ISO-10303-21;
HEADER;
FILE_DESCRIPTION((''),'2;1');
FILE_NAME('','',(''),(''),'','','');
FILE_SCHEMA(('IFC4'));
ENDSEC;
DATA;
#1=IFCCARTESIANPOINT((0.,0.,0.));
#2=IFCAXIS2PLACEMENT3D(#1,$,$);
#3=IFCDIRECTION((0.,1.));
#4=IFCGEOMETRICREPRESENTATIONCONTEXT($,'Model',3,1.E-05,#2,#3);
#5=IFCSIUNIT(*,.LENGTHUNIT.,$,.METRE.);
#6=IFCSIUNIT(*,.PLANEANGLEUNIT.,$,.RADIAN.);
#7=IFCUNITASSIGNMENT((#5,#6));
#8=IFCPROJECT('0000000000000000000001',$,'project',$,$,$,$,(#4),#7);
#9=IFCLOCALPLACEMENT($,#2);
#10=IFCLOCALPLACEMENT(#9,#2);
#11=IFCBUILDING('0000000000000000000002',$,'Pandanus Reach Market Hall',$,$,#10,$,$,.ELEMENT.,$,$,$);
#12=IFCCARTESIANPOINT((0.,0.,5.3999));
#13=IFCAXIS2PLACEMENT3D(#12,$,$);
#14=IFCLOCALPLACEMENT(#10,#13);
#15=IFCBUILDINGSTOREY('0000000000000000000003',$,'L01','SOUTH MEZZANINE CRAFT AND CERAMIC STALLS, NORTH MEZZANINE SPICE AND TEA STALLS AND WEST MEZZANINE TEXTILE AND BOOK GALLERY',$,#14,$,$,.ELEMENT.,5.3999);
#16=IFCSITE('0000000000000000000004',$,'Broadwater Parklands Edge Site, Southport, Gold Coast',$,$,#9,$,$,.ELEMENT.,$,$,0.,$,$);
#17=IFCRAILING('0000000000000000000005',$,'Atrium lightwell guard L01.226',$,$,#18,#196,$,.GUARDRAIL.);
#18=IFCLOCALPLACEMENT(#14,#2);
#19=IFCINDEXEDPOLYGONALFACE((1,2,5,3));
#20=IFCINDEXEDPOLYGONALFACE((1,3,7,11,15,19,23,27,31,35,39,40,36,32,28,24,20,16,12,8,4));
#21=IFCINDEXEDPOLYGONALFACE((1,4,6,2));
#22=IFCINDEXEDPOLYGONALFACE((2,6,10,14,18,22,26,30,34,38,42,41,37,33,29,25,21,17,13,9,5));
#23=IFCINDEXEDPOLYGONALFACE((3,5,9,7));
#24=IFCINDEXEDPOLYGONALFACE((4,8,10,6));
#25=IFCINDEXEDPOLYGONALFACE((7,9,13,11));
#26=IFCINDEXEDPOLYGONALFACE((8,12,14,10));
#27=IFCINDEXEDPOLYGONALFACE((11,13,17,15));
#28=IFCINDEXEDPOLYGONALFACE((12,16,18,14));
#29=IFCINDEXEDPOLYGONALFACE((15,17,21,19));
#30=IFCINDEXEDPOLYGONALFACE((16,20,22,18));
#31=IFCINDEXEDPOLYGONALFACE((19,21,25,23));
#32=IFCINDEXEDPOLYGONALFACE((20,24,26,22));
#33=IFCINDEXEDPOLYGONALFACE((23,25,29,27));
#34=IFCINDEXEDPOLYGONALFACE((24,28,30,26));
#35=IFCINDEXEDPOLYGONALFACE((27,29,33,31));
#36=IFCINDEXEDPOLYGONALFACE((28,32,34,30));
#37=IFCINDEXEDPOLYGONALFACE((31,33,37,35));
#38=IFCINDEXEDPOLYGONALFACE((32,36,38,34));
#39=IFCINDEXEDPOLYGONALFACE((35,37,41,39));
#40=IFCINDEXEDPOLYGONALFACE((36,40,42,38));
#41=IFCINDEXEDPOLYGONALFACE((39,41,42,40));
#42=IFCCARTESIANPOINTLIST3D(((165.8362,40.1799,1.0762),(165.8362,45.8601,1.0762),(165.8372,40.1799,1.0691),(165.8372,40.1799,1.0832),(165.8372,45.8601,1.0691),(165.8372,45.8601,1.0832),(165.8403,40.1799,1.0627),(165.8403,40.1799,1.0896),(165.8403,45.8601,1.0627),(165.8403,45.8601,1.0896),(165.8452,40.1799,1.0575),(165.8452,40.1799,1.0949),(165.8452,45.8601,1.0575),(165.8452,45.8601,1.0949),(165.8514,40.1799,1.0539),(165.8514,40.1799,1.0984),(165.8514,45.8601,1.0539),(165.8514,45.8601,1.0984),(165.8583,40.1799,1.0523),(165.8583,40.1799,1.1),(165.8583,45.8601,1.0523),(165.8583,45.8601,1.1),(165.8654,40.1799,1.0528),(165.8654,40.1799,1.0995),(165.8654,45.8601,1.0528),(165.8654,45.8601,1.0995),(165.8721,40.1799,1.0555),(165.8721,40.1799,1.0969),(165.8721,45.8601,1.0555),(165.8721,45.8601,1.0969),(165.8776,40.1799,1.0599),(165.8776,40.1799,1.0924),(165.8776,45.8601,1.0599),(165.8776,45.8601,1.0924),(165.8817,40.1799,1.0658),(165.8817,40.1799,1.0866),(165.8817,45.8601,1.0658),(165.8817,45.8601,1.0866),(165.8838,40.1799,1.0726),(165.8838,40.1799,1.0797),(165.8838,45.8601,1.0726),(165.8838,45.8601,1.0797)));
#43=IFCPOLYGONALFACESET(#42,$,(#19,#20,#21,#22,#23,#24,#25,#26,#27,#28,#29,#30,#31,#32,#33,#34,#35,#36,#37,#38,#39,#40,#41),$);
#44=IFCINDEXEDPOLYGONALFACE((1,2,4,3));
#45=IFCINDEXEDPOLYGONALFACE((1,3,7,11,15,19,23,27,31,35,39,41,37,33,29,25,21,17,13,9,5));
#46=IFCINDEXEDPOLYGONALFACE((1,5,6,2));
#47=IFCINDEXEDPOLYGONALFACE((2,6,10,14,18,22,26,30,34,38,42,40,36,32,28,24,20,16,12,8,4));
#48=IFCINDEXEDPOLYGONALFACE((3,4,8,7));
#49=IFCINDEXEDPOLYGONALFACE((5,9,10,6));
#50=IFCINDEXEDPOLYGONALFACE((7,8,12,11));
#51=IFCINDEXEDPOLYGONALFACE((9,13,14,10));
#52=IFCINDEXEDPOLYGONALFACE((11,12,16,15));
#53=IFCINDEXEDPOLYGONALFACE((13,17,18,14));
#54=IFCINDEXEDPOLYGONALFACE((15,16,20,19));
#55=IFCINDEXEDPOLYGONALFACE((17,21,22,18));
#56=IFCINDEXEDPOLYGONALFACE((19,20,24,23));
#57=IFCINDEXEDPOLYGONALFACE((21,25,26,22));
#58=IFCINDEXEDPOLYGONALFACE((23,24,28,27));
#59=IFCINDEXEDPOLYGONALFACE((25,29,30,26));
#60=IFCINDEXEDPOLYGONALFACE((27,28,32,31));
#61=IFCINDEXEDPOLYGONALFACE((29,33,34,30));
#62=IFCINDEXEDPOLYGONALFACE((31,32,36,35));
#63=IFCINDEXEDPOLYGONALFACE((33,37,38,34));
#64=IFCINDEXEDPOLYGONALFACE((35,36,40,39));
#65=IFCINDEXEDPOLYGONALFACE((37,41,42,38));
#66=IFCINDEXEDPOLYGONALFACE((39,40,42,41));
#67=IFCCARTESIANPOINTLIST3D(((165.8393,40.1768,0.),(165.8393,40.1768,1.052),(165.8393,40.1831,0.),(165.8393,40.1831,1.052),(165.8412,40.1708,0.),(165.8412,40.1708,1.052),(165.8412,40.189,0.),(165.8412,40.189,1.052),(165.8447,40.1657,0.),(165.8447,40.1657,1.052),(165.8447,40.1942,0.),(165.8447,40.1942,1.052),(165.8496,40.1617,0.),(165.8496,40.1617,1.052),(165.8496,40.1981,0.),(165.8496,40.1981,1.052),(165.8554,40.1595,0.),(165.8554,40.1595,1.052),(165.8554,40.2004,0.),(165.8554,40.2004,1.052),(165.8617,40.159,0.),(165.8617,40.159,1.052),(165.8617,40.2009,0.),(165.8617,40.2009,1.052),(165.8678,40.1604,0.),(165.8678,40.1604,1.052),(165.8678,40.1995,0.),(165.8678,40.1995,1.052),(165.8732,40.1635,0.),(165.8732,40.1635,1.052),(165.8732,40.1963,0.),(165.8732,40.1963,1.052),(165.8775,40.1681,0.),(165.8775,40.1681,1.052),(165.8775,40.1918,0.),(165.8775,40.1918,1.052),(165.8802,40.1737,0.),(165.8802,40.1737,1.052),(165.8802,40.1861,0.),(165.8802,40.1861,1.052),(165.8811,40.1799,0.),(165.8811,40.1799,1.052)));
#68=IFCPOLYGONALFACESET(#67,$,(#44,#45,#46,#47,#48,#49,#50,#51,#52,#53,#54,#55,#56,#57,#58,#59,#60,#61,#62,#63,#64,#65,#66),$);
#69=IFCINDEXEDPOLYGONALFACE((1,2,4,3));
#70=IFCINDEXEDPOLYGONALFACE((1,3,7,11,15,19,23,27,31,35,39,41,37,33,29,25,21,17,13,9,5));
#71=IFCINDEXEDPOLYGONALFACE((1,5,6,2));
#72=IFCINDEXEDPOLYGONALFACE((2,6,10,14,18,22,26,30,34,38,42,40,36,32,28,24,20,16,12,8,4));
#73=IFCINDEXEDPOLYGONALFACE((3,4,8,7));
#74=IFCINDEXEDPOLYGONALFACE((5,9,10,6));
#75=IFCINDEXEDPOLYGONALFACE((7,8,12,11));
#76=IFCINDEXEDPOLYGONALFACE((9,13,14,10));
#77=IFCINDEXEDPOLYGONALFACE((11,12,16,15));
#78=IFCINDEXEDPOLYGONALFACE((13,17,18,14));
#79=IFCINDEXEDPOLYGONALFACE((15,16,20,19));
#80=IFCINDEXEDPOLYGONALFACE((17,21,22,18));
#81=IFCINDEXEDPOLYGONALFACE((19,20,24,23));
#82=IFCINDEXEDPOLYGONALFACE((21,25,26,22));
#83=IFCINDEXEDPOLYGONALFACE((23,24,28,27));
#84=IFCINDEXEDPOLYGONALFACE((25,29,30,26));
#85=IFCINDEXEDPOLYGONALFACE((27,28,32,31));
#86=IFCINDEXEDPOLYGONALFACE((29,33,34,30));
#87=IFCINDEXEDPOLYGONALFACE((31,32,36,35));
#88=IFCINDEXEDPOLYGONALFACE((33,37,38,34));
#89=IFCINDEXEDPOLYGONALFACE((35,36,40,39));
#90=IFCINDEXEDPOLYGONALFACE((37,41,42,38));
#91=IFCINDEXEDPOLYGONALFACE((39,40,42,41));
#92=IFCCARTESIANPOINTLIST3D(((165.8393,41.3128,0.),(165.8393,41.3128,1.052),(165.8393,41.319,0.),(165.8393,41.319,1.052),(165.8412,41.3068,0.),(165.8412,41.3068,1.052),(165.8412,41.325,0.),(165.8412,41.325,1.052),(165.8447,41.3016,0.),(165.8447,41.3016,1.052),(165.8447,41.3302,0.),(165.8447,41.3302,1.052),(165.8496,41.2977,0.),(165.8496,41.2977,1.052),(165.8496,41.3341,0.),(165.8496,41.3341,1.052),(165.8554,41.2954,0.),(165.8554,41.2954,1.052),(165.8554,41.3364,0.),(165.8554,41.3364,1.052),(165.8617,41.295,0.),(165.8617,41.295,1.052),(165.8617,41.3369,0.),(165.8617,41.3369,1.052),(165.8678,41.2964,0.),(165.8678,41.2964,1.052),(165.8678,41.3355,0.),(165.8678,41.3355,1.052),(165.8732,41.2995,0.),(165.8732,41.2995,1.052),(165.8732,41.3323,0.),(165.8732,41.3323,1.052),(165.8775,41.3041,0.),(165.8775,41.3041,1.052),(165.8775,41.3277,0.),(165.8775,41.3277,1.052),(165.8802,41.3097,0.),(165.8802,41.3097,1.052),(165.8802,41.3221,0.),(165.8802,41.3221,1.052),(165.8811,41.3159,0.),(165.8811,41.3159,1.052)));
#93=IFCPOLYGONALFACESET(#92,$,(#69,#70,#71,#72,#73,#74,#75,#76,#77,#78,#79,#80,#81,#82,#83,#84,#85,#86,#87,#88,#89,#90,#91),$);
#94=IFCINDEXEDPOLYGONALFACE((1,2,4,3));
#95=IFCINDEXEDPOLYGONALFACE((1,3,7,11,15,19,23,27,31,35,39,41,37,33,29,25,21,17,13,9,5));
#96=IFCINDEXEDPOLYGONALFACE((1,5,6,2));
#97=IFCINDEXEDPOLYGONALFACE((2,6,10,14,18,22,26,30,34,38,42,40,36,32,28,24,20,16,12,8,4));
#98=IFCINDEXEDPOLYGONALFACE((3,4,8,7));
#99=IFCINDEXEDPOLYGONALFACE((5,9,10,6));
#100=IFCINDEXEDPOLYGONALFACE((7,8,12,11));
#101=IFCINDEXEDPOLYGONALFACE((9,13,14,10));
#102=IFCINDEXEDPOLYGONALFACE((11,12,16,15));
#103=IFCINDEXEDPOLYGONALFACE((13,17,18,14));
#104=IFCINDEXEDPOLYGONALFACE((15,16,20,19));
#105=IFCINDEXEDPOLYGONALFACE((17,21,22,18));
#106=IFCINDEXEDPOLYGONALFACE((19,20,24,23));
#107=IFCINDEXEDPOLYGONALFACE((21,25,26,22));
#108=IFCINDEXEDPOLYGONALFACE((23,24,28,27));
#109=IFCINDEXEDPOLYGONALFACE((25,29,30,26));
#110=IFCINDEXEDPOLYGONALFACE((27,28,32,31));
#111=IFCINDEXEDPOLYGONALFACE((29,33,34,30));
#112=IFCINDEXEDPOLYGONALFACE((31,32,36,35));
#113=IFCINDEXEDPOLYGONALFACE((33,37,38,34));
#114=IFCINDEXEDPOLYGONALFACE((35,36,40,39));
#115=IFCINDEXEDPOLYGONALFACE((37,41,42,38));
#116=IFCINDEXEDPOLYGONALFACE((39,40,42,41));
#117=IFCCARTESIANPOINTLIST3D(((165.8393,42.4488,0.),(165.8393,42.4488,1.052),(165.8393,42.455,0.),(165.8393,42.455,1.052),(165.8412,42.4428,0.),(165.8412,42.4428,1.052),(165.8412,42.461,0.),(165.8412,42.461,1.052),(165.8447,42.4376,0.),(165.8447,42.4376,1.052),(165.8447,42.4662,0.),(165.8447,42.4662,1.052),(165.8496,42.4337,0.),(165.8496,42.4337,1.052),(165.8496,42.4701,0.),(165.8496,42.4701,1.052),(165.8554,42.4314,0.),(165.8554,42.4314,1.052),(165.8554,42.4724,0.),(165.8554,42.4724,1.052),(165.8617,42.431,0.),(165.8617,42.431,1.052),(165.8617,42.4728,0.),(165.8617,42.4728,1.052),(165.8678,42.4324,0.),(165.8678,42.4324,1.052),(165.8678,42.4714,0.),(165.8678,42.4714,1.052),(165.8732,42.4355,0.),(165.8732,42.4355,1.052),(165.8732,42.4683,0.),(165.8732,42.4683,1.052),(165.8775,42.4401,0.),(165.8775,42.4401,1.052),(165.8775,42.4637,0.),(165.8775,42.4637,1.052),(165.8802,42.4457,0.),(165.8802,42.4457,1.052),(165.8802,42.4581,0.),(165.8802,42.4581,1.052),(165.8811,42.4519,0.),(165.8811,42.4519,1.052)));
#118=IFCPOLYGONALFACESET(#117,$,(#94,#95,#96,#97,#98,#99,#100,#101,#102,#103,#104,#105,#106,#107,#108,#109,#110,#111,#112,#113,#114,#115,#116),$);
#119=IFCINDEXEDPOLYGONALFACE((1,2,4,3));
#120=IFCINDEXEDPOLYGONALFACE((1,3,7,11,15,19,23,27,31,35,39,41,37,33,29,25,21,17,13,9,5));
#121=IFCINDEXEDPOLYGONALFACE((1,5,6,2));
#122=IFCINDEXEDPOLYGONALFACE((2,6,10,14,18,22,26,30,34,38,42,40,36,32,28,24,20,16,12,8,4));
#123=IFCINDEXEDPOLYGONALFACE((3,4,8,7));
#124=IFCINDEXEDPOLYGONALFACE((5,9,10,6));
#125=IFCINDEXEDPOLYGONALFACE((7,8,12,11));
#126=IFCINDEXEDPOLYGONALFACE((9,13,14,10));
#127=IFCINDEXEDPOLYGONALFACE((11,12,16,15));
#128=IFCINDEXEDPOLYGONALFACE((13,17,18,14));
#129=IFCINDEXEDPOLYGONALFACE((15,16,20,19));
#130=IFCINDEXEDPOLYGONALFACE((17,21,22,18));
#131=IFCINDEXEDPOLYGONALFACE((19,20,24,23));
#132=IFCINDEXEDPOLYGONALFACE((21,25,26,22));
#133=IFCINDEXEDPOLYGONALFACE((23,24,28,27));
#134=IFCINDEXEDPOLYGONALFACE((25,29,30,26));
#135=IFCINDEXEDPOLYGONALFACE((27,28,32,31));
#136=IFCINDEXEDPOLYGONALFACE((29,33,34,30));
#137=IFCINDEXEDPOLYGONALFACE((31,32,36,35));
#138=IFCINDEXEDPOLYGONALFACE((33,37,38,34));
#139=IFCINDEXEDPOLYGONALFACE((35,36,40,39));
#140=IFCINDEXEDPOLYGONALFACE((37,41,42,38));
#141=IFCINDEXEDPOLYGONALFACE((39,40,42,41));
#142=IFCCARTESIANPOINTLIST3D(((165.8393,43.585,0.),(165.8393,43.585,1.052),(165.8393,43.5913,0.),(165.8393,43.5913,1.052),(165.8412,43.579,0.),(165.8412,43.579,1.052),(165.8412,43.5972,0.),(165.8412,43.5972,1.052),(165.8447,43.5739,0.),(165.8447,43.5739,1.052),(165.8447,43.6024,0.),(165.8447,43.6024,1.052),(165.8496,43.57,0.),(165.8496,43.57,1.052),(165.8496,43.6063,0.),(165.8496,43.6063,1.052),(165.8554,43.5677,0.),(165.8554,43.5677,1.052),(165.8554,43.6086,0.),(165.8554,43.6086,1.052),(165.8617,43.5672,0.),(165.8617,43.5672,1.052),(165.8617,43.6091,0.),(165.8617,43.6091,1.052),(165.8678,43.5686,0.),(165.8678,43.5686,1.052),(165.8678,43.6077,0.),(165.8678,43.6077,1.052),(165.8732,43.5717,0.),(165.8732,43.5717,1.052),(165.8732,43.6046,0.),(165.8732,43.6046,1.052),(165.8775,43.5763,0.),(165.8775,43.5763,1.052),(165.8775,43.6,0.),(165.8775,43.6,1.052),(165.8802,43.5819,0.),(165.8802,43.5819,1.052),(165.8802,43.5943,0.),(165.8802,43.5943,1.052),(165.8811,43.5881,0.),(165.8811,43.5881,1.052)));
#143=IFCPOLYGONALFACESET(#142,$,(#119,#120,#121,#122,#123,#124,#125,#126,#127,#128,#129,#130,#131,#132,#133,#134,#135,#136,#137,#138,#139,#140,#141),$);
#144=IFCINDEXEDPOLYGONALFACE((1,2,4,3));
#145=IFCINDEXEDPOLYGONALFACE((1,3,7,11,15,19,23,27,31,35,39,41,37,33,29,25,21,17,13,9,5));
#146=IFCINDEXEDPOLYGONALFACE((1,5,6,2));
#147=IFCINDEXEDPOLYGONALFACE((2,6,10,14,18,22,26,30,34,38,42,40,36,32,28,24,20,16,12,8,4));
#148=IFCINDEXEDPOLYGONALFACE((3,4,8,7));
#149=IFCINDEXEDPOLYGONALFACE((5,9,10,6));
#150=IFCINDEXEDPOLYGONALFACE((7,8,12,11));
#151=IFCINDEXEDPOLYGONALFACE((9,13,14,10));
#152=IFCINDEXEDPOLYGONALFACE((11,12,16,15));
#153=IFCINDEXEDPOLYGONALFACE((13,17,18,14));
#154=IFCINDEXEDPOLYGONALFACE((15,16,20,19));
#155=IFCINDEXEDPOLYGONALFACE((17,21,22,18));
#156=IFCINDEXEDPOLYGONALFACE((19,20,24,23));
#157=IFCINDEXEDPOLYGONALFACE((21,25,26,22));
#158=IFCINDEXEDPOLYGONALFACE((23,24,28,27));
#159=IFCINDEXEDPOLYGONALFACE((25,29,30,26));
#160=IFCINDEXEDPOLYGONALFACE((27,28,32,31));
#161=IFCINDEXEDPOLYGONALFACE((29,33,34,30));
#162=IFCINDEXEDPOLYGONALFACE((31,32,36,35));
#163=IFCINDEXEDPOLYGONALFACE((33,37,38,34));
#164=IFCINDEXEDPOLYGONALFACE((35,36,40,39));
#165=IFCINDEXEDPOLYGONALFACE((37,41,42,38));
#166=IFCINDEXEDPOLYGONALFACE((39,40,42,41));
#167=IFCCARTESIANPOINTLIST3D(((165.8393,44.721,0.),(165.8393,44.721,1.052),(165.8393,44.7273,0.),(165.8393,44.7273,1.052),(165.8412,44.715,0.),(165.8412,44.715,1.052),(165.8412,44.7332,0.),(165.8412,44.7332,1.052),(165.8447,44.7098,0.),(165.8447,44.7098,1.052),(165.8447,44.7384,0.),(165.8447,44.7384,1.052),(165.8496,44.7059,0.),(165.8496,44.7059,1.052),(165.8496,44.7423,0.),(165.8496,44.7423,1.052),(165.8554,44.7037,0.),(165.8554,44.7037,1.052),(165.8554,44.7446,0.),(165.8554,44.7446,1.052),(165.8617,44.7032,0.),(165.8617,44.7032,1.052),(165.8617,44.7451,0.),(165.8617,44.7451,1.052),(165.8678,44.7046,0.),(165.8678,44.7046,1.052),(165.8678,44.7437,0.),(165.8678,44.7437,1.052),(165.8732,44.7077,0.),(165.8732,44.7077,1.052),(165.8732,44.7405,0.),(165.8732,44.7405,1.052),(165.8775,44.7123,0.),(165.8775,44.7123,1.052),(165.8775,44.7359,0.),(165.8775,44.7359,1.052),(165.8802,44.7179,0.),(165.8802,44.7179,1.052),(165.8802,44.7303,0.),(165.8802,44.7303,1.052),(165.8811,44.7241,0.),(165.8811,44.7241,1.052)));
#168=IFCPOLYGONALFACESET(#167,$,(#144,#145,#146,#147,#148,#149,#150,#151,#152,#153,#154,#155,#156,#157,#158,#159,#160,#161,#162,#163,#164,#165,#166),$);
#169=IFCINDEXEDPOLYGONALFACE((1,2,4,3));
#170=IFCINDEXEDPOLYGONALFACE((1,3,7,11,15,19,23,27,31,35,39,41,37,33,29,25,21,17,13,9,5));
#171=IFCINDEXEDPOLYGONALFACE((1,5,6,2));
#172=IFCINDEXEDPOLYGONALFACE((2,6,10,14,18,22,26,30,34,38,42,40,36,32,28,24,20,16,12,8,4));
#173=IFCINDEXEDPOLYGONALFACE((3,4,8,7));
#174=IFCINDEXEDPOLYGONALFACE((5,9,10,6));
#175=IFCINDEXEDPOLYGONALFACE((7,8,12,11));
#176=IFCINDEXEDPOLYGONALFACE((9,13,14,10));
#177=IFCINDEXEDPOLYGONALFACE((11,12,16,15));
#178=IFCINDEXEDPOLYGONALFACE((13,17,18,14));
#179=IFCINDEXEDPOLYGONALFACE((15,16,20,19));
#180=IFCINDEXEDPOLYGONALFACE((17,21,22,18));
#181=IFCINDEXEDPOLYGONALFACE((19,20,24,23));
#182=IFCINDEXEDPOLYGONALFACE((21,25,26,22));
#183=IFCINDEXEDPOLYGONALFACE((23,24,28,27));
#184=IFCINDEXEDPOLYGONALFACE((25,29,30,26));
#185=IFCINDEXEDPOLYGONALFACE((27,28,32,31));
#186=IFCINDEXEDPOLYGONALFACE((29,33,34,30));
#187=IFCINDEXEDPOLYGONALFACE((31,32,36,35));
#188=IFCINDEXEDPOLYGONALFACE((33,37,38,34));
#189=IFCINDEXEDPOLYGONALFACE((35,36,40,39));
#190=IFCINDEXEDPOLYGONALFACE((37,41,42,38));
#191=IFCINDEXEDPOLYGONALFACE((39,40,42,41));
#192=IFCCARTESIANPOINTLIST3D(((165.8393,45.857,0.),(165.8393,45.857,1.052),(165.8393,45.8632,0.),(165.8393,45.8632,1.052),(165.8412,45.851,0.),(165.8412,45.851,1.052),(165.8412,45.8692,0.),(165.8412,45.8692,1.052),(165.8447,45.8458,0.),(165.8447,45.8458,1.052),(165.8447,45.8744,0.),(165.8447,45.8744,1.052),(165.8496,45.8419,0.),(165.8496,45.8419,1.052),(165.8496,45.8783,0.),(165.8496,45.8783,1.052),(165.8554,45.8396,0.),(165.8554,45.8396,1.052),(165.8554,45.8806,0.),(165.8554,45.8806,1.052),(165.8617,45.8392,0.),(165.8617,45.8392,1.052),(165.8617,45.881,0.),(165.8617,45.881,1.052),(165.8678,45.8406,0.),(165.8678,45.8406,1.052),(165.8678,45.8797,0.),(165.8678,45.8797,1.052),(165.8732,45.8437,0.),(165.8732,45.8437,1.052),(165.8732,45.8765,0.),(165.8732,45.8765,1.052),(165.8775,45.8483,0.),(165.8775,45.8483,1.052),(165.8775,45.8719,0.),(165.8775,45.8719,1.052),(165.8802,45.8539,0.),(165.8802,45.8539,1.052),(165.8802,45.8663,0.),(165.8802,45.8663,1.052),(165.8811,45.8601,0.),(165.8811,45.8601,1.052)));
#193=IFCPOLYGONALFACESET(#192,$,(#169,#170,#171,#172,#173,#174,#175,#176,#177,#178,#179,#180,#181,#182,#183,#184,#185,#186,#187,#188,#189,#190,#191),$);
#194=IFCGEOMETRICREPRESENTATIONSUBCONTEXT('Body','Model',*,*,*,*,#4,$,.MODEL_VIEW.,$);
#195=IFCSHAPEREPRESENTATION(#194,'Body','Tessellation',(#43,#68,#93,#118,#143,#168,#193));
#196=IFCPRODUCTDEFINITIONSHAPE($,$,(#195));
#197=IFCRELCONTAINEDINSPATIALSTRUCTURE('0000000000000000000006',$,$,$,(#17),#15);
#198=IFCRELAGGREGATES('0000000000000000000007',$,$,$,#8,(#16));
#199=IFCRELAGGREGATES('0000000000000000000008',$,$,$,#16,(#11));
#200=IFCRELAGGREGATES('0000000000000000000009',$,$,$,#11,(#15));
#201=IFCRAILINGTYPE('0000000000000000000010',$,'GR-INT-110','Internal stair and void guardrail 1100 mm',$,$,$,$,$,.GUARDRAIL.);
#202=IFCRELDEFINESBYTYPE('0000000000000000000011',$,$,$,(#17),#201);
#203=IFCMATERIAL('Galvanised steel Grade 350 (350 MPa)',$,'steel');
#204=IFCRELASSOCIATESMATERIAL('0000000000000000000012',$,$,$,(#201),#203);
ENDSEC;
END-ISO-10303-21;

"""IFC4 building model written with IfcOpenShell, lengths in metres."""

from ifc_helpers import new_model, si_unit, direction, frame, origin, origin_2d, place, context, subcontext, project, spatial, circle, extrude, material, type_object, element, save


model = new_model("IFC4")

# Units and contexts
model_context = context("Model", 3, precision=1e-05, world=origin(), true_north=direction((0.0, 1.0)))
body_context = subcontext(model_context, "Body", "Model", "MODEL_VIEW")
ifc_project = project(units=[si_unit("LENGTHUNIT", "METRE"), si_unit("PLANEANGLEUNIT", "RADIAN")], contexts=[model_context])

# Site, building, storey
site_placement = place(None, origin())
site = spatial("IfcSite", under=ifc_project, at=site_placement, Name="Broadwater Parklands Edge Site, Southport, Gold Coast", CompositionType="ELEMENT", RefElevation=0.0)
building_placement = place(site_placement, origin())
building = spatial("IfcBuilding", under=site, at=building_placement, Name="Pandanus Reach Market Hall", CompositionType="ELEMENT")
storey_placement = place(building_placement, frame((0.0, 0.0, 5.3999)))
storey = spatial("IfcBuildingStorey", under=building, at=storey_placement, Name="L01", Description="SOUTH MEZZANINE CRAFT AND CERAMIC STALLS, NORTH MEZZANINE SPICE AND TEA STALLS AND WEST MEZZANINE TEXTILE AND BOOK GALLERY", CompositionType="ELEMENT", Elevation=5.3999)

# Railing
ifc_material_1 = material(Name="Galvanised steel Grade 350 (350 MPa)", Category="steel")
railing_type = type_object("IfcRailingType", Name="GR-INT-110", Description="Internal stair and void guardrail 1100 mm", PredefinedType="GUARDRAIL", material=ifc_material_1)
railing_1_placement = place(storey_placement, frame((165.8601, 40.1799, 0.0)))
element("IfcRailing", 1, at=railing_1_placement, inside=storey, type_object=railing_type, Name="Atrium lightwell guard L01.226", PredefinedType="GUARDRAIL", context=body_context, shape_type="SweptSolid", body=[
    extrude(circle(Radius=0.0239, at=origin_2d()), frame((0.0, 0.0, 1.0762), z_axis=(0.0, 1.0, 0.0), x_axis=(-1.0, 0.0, 0.0)), (0.0, 0.0, 1.0), 5.6802),
    extrude(circle(Radius=0.021, at=origin_2d()), origin(), (0.0, 0.0, 1.0), 1.052),
    extrude(circle(Radius=0.021, at=origin_2d()), frame((0.0, 1.136, 0.0)), (0.0, 0.0, 1.0), 1.052),
    extrude(circle(Radius=0.021, at=origin_2d()), frame((0.0, 2.272, 0.0)), (0.0, 0.0, 1.0), 1.052),
    extrude(circle(Radius=0.021, at=origin_2d()), frame((0.0, 3.4082, 0.0)), (0.0, 0.0, 1.0), 1.052),
    extrude(circle(Radius=0.021, at=origin_2d()), frame((0.0, 4.5442, 0.0)), (0.0, 0.0, 1.0), 1.052),
    extrude(circle(Radius=0.021, at=origin_2d()), frame((0.0, 5.6802, 0.0)), (0.0, 0.0, 1.0), 1.052),
])

save(model, "model.ifc")
